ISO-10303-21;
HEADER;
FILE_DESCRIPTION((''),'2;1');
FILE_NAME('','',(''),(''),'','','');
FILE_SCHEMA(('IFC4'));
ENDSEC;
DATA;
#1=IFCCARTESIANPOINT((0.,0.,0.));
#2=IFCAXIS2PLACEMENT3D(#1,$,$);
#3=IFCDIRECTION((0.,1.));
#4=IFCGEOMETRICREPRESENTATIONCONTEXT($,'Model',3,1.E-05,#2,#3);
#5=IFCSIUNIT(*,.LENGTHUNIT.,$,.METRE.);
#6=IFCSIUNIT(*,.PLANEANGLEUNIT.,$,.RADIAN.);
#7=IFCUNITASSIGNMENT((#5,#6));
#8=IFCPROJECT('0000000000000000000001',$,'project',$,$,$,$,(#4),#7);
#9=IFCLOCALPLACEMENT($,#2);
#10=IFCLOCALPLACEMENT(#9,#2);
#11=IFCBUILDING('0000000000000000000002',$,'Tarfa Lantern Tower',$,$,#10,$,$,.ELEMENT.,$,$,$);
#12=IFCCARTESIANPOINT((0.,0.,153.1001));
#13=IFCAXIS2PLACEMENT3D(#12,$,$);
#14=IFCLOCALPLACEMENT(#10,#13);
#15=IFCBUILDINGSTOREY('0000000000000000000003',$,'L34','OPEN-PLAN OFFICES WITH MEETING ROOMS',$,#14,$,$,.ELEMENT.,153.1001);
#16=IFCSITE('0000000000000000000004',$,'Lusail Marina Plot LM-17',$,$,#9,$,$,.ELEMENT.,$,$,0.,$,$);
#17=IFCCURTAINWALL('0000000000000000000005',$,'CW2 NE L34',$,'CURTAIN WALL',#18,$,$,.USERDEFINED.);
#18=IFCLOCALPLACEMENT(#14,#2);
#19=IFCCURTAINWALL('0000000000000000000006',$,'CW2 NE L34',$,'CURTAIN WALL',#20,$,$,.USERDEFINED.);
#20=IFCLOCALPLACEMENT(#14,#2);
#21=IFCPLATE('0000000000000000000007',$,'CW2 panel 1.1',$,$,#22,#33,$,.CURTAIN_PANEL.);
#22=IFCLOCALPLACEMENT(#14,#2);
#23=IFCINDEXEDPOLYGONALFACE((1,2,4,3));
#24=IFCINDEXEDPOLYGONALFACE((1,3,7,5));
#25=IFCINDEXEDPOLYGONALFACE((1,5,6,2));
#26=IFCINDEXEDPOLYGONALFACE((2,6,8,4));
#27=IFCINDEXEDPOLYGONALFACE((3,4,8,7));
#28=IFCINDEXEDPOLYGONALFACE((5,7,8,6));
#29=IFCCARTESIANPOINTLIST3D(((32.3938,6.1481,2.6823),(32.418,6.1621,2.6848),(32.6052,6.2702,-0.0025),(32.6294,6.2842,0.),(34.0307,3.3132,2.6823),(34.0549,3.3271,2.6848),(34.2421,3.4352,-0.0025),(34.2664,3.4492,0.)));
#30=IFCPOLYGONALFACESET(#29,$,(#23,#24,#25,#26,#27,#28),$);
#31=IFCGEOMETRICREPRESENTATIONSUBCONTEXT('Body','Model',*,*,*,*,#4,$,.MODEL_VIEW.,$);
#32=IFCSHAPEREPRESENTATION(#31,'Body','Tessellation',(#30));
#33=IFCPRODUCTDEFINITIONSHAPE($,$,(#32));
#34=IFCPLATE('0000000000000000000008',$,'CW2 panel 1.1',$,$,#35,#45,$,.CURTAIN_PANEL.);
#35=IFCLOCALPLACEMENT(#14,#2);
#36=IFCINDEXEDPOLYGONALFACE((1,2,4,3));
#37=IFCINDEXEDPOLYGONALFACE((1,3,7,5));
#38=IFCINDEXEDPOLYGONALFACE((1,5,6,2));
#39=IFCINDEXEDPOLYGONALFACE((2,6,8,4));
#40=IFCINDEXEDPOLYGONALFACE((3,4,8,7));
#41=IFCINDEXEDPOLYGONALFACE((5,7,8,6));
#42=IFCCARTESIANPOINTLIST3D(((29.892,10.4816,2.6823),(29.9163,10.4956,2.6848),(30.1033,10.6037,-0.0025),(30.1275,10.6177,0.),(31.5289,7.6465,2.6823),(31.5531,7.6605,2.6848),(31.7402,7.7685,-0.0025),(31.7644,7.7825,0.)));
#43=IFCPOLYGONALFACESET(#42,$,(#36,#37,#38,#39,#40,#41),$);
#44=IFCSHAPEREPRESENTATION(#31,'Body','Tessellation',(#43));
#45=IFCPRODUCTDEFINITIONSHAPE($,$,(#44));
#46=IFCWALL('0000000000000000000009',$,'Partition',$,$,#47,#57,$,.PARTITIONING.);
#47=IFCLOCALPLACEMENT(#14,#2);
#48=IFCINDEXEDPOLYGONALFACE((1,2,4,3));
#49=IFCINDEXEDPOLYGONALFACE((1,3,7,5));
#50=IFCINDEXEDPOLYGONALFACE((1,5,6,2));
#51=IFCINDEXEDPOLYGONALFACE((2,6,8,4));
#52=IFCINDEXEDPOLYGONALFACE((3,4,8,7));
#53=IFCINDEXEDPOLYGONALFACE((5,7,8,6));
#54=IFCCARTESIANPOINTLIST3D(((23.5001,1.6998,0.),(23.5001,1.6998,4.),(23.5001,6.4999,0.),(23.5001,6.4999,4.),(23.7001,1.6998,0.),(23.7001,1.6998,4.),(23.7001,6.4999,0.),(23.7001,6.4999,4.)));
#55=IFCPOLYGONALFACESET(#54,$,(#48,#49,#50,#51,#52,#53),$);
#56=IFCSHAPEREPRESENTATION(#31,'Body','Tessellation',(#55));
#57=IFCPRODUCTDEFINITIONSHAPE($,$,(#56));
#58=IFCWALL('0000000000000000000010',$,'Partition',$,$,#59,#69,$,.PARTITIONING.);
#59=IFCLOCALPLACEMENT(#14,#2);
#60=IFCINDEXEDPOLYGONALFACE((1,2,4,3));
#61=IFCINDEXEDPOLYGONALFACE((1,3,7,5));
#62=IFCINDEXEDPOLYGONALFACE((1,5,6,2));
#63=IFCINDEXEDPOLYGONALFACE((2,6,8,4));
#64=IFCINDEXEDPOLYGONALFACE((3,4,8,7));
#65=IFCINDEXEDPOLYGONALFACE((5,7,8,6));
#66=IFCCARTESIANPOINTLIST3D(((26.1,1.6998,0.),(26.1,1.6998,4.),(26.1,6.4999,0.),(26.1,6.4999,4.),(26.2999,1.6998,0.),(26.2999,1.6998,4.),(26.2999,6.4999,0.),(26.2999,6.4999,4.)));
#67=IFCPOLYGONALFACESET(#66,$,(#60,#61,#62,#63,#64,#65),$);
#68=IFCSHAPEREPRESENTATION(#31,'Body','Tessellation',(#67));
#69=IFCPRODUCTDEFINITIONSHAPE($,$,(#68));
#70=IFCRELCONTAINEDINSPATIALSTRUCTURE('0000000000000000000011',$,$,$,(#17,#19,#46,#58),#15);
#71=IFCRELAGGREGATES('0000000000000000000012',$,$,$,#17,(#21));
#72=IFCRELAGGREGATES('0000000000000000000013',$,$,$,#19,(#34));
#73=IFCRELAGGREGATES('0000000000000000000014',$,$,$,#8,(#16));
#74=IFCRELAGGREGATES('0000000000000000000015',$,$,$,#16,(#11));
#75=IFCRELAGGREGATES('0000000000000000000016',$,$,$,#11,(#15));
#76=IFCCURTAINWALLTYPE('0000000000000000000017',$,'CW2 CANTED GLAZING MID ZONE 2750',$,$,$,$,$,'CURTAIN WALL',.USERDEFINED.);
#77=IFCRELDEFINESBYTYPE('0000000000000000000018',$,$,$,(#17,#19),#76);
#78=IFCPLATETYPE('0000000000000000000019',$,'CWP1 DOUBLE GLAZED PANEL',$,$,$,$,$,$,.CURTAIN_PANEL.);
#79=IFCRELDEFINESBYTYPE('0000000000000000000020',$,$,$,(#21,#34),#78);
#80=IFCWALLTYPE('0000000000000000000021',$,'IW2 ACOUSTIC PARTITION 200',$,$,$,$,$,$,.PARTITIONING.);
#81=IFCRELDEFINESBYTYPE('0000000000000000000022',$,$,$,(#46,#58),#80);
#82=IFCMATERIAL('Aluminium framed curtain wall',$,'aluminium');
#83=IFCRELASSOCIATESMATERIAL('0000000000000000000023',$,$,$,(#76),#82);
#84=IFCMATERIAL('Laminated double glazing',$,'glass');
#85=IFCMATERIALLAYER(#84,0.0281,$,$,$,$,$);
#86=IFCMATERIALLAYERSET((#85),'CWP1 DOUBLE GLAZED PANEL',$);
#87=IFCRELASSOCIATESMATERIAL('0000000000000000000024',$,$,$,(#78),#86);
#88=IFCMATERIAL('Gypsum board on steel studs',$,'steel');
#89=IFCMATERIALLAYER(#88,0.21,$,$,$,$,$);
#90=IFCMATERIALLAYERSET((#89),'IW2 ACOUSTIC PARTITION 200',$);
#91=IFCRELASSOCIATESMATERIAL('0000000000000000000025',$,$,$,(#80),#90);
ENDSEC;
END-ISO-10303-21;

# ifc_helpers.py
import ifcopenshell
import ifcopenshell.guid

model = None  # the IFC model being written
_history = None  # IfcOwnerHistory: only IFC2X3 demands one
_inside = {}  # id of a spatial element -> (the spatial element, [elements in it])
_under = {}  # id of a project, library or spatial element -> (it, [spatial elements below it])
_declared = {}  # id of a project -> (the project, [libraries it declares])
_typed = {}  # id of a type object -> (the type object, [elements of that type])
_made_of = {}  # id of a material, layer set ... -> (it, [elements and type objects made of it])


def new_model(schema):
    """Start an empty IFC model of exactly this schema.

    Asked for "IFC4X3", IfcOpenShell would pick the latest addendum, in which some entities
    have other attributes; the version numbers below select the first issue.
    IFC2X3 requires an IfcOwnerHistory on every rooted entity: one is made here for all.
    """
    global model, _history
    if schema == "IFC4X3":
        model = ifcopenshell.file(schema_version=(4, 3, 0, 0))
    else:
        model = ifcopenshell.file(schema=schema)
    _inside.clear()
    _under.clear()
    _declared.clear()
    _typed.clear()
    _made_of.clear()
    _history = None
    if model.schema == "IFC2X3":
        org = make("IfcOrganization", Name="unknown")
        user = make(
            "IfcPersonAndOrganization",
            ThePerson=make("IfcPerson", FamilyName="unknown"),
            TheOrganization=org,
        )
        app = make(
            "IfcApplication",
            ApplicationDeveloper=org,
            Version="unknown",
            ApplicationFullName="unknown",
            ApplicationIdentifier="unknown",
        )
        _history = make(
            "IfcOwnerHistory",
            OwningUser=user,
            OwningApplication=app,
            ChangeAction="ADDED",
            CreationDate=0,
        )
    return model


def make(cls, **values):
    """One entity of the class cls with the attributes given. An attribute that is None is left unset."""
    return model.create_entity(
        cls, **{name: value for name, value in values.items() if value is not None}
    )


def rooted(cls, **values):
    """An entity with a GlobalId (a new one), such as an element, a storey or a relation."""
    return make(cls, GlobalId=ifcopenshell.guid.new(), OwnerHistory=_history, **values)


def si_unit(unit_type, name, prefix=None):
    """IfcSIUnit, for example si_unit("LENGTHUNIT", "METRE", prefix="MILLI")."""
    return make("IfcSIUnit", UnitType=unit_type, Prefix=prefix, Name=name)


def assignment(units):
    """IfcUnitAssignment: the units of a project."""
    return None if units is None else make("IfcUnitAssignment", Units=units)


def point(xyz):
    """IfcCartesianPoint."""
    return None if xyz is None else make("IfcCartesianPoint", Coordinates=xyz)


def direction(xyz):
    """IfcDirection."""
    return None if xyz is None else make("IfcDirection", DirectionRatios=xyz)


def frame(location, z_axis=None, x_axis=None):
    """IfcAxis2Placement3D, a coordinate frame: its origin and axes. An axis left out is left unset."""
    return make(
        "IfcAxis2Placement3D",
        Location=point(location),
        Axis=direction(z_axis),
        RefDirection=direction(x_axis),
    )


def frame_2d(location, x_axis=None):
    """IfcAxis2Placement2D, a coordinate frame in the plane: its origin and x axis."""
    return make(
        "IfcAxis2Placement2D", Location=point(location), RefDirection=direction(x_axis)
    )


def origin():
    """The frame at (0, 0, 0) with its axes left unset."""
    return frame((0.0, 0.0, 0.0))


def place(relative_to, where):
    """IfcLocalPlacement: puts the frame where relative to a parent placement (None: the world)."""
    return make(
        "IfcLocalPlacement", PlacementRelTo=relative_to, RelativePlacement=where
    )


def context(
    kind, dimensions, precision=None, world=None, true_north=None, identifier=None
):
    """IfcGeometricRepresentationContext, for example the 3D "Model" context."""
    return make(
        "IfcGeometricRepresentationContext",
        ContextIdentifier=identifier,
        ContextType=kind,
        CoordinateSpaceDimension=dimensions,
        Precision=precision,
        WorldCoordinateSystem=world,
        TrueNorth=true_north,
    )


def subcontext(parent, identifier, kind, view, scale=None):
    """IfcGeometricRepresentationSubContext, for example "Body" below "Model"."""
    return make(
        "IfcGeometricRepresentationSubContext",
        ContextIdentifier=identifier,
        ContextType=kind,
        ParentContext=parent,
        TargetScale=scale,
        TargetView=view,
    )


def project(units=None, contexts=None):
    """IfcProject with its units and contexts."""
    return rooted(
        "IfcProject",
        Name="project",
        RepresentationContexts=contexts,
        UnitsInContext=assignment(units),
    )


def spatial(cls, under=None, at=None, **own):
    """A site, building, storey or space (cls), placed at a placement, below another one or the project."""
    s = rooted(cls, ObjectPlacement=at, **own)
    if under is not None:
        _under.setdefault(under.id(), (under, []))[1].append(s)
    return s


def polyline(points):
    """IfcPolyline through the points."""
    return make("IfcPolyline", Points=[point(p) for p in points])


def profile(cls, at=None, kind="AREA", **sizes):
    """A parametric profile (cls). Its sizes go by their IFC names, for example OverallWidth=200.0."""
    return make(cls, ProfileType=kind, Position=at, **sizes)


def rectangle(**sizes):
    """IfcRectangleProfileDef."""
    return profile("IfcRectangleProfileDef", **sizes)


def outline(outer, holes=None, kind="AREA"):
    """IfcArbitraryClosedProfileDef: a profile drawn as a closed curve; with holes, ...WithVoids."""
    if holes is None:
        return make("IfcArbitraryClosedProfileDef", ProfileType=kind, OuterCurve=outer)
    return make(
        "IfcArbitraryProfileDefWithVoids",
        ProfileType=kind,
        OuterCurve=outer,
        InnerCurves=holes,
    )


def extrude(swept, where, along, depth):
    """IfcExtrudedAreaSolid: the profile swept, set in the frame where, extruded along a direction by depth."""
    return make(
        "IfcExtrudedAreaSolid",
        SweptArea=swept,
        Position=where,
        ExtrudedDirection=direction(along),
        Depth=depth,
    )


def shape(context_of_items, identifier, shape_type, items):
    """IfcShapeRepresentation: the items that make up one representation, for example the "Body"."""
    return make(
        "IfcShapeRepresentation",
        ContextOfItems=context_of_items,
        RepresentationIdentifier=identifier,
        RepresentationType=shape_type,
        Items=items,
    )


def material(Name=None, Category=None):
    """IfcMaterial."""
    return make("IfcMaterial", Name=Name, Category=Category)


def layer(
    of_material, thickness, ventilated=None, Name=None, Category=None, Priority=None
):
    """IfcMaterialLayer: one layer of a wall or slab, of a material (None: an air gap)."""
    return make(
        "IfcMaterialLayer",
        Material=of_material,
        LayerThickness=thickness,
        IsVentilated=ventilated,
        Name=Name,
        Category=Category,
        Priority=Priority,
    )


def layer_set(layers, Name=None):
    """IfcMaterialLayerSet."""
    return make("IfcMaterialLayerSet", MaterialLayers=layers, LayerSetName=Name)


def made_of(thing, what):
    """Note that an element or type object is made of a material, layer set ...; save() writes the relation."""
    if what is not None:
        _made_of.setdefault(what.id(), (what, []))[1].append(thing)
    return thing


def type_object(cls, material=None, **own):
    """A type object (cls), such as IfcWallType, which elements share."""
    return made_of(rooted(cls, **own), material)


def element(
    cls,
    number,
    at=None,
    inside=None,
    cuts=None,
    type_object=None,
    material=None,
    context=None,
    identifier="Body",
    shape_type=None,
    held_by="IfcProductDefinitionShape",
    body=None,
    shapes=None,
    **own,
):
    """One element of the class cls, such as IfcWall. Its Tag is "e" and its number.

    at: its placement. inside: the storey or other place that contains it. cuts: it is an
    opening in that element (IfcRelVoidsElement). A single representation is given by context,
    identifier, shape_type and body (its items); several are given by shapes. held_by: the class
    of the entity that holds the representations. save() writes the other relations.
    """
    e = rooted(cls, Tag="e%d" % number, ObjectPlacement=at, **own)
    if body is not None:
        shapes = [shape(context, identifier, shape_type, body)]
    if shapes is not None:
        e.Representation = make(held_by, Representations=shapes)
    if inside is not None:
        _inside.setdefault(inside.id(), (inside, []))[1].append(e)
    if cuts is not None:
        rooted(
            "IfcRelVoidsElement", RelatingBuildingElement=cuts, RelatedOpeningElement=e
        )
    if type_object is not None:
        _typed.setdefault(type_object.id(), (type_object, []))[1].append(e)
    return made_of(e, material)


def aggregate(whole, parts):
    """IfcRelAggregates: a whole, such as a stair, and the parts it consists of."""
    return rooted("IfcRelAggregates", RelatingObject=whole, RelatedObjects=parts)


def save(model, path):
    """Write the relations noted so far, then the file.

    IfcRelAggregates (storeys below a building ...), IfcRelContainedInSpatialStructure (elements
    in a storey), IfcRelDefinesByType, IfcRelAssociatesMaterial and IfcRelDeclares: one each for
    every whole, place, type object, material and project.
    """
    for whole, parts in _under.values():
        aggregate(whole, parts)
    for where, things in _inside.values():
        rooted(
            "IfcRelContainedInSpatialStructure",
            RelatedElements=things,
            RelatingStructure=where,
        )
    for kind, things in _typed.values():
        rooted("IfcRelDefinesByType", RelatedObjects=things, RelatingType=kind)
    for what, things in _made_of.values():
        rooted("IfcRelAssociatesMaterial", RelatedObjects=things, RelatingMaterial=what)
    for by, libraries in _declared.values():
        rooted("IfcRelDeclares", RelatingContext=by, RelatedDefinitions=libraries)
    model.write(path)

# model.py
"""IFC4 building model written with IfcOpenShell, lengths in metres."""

from ifc_helpers import new_model, si_unit, direction, frame, frame_2d, origin, place, context, subcontext, project, spatial, polyline, rectangle, outline, extrude, material, layer, layer_set, type_object, element, aggregate, save


model = new_model("IFC4")

# Units and contexts
model_context = context("Model", 3, precision=1e-05, world=origin(), true_north=direction((0.0, 1.0)))
body_context = subcontext(model_context, "Body", "Model", "MODEL_VIEW")
ifc_project = project(units=[si_unit("LENGTHUNIT", "METRE"), si_unit("PLANEANGLEUNIT", "RADIAN")], contexts=[model_context])

# Site, building, storey
site_placement = place(None, origin())
site = spatial("IfcSite", under=ifc_project, at=site_placement, Name="Lusail Marina Plot LM-17", CompositionType="ELEMENT", RefElevation=0.0)
building_placement = place(site_placement, origin())
building = spatial("IfcBuilding", under=site, at=building_placement, Name="Tarfa Lantern Tower", CompositionType="ELEMENT")
storey_placement = place(building_placement, frame((0.0, 0.0, 153.1001)))
storey = spatial("IfcBuildingStorey", under=building, at=storey_placement, Name="L34", Description="OPEN-PLAN OFFICES WITH MEETING ROOMS", CompositionType="ELEMENT", Elevation=153.1001)

# Curtain walls
ifc_material_1 = material(Name="Aluminium framed curtain wall", Category="aluminium")
curtain_wall_type_1 = type_object("IfcCurtainWallType", Name="CW2 CANTED GLAZING MID ZONE 2750", ElementType="CURTAIN WALL", PredefinedType="USERDEFINED", material=ifc_material_1)
curtain_wall_1_placement = place(storey_placement, origin())
curtain_wall_1 = element("IfcCurtainWall", 1, at=curtain_wall_1_placement, inside=storey, type_object=curtain_wall_type_1, Name="CW2 NE L34", ObjectType="CURTAIN WALL", PredefinedType="USERDEFINED")
curtain_wall_2_placement = place(storey_placement, origin())
curtain_wall_2 = element("IfcCurtainWall", 2, at=curtain_wall_2_placement, inside=storey, type_object=curtain_wall_type_1, Name="CW2 NE L34", ObjectType="CURTAIN WALL", PredefinedType="USERDEFINED")

# Plates
ifc_material_2 = material(Name="Laminated double glazing", Category="glass")
ifc_layer_1 = layer(ifc_material_2, 0.0281)
ifc_layer_set_1 = layer_set([ifc_layer_1], Name="CWP1 DOUBLE GLAZED PANEL")
plate_type = type_object("IfcPlateType", Name="CWP1 DOUBLE GLAZED PANEL", PredefinedType="CURTAIN_PANEL", material=ifc_layer_set_1)
plate_1_placement = place(storey_placement, frame((34.2664, 3.4492, 0.0), z_axis=(0.862441, 0.497991, 0.090558), x_axis=(-0.500045, 0.865999, 0.0)))
plate_1 = element("IfcPlate", 3, at=plate_1_placement, type_object=plate_type, Name="CW2 panel 1.1", PredefinedType="CURTAIN_PANEL", context=body_context, shape_type="SweptSolid", body=[
    extrude(outline(polyline([(0.0, 0.0), (3.2736, 0.0), (3.2736, 2.6959), (0.0, 2.6959), (0.0, 0.0)])), origin(), (0.0, 0.0, -1.0), 0.0281),
])
aggregate(curtain_wall_1, [plate_1])
plate_2_placement = place(storey_placement, frame((31.7644, 7.7825, 0.0), z_axis=(0.862479, 0.497932, 0.090519), x_axis=(-0.499985, 0.866034, 0.000003)))
plate_2 = element("IfcPlate", 4, at=plate_2_placement, type_object=plate_type, Name="CW2 panel 1.1", PredefinedType="CURTAIN_PANEL", context=body_context, shape_type="SweptSolid", body=[
    extrude(outline(polyline([(0.0, 0.0), (3.2738, 0.0), (3.2737, 2.6959), (0.0, 2.6959), (0.0, 0.0)])), origin(), (0.0, 0.0, -1.0), 0.0281),
])
aggregate(curtain_wall_2, [plate_2])

# Walls
ifc_material_3 = material(Name="Gypsum board on steel studs", Category="steel")
ifc_layer_2 = layer(ifc_material_3, 0.21)
ifc_layer_set_2 = layer_set([ifc_layer_2], Name="IW2 ACOUSTIC PARTITION 200")
wall_type = type_object("IfcWallType", Name="IW2 ACOUSTIC PARTITION 200", PredefinedType="PARTITIONING", material=ifc_layer_set_2)
for number, where, z_axis, x_axis, name in (
    (5, (23.6001, 1.7, 0.0), (0.0, 0.0, 1.0), (0.0, 1.0, 0.0), "Partition"),
    (6, (26.2, 1.7, 0.0), (0.0, 0.0, 1.0), (0.0, 1.0, 0.0), "Partition"),
):
    element("IfcWall", number, at=place(storey_placement, frame(where, z_axis=z_axis, x_axis=x_axis)), inside=storey, type_object=wall_type, Name=name, PredefinedType="PARTITIONING", context=body_context, shape_type="SweptSolid", body=[
        extrude(rectangle(XDim=4.8, YDim=0.2, at=frame_2d((2.3999, 0.0))), origin(), (0.0, 0.0, 1.0), 4.0),
    ])

save(model, "model.ifc")
